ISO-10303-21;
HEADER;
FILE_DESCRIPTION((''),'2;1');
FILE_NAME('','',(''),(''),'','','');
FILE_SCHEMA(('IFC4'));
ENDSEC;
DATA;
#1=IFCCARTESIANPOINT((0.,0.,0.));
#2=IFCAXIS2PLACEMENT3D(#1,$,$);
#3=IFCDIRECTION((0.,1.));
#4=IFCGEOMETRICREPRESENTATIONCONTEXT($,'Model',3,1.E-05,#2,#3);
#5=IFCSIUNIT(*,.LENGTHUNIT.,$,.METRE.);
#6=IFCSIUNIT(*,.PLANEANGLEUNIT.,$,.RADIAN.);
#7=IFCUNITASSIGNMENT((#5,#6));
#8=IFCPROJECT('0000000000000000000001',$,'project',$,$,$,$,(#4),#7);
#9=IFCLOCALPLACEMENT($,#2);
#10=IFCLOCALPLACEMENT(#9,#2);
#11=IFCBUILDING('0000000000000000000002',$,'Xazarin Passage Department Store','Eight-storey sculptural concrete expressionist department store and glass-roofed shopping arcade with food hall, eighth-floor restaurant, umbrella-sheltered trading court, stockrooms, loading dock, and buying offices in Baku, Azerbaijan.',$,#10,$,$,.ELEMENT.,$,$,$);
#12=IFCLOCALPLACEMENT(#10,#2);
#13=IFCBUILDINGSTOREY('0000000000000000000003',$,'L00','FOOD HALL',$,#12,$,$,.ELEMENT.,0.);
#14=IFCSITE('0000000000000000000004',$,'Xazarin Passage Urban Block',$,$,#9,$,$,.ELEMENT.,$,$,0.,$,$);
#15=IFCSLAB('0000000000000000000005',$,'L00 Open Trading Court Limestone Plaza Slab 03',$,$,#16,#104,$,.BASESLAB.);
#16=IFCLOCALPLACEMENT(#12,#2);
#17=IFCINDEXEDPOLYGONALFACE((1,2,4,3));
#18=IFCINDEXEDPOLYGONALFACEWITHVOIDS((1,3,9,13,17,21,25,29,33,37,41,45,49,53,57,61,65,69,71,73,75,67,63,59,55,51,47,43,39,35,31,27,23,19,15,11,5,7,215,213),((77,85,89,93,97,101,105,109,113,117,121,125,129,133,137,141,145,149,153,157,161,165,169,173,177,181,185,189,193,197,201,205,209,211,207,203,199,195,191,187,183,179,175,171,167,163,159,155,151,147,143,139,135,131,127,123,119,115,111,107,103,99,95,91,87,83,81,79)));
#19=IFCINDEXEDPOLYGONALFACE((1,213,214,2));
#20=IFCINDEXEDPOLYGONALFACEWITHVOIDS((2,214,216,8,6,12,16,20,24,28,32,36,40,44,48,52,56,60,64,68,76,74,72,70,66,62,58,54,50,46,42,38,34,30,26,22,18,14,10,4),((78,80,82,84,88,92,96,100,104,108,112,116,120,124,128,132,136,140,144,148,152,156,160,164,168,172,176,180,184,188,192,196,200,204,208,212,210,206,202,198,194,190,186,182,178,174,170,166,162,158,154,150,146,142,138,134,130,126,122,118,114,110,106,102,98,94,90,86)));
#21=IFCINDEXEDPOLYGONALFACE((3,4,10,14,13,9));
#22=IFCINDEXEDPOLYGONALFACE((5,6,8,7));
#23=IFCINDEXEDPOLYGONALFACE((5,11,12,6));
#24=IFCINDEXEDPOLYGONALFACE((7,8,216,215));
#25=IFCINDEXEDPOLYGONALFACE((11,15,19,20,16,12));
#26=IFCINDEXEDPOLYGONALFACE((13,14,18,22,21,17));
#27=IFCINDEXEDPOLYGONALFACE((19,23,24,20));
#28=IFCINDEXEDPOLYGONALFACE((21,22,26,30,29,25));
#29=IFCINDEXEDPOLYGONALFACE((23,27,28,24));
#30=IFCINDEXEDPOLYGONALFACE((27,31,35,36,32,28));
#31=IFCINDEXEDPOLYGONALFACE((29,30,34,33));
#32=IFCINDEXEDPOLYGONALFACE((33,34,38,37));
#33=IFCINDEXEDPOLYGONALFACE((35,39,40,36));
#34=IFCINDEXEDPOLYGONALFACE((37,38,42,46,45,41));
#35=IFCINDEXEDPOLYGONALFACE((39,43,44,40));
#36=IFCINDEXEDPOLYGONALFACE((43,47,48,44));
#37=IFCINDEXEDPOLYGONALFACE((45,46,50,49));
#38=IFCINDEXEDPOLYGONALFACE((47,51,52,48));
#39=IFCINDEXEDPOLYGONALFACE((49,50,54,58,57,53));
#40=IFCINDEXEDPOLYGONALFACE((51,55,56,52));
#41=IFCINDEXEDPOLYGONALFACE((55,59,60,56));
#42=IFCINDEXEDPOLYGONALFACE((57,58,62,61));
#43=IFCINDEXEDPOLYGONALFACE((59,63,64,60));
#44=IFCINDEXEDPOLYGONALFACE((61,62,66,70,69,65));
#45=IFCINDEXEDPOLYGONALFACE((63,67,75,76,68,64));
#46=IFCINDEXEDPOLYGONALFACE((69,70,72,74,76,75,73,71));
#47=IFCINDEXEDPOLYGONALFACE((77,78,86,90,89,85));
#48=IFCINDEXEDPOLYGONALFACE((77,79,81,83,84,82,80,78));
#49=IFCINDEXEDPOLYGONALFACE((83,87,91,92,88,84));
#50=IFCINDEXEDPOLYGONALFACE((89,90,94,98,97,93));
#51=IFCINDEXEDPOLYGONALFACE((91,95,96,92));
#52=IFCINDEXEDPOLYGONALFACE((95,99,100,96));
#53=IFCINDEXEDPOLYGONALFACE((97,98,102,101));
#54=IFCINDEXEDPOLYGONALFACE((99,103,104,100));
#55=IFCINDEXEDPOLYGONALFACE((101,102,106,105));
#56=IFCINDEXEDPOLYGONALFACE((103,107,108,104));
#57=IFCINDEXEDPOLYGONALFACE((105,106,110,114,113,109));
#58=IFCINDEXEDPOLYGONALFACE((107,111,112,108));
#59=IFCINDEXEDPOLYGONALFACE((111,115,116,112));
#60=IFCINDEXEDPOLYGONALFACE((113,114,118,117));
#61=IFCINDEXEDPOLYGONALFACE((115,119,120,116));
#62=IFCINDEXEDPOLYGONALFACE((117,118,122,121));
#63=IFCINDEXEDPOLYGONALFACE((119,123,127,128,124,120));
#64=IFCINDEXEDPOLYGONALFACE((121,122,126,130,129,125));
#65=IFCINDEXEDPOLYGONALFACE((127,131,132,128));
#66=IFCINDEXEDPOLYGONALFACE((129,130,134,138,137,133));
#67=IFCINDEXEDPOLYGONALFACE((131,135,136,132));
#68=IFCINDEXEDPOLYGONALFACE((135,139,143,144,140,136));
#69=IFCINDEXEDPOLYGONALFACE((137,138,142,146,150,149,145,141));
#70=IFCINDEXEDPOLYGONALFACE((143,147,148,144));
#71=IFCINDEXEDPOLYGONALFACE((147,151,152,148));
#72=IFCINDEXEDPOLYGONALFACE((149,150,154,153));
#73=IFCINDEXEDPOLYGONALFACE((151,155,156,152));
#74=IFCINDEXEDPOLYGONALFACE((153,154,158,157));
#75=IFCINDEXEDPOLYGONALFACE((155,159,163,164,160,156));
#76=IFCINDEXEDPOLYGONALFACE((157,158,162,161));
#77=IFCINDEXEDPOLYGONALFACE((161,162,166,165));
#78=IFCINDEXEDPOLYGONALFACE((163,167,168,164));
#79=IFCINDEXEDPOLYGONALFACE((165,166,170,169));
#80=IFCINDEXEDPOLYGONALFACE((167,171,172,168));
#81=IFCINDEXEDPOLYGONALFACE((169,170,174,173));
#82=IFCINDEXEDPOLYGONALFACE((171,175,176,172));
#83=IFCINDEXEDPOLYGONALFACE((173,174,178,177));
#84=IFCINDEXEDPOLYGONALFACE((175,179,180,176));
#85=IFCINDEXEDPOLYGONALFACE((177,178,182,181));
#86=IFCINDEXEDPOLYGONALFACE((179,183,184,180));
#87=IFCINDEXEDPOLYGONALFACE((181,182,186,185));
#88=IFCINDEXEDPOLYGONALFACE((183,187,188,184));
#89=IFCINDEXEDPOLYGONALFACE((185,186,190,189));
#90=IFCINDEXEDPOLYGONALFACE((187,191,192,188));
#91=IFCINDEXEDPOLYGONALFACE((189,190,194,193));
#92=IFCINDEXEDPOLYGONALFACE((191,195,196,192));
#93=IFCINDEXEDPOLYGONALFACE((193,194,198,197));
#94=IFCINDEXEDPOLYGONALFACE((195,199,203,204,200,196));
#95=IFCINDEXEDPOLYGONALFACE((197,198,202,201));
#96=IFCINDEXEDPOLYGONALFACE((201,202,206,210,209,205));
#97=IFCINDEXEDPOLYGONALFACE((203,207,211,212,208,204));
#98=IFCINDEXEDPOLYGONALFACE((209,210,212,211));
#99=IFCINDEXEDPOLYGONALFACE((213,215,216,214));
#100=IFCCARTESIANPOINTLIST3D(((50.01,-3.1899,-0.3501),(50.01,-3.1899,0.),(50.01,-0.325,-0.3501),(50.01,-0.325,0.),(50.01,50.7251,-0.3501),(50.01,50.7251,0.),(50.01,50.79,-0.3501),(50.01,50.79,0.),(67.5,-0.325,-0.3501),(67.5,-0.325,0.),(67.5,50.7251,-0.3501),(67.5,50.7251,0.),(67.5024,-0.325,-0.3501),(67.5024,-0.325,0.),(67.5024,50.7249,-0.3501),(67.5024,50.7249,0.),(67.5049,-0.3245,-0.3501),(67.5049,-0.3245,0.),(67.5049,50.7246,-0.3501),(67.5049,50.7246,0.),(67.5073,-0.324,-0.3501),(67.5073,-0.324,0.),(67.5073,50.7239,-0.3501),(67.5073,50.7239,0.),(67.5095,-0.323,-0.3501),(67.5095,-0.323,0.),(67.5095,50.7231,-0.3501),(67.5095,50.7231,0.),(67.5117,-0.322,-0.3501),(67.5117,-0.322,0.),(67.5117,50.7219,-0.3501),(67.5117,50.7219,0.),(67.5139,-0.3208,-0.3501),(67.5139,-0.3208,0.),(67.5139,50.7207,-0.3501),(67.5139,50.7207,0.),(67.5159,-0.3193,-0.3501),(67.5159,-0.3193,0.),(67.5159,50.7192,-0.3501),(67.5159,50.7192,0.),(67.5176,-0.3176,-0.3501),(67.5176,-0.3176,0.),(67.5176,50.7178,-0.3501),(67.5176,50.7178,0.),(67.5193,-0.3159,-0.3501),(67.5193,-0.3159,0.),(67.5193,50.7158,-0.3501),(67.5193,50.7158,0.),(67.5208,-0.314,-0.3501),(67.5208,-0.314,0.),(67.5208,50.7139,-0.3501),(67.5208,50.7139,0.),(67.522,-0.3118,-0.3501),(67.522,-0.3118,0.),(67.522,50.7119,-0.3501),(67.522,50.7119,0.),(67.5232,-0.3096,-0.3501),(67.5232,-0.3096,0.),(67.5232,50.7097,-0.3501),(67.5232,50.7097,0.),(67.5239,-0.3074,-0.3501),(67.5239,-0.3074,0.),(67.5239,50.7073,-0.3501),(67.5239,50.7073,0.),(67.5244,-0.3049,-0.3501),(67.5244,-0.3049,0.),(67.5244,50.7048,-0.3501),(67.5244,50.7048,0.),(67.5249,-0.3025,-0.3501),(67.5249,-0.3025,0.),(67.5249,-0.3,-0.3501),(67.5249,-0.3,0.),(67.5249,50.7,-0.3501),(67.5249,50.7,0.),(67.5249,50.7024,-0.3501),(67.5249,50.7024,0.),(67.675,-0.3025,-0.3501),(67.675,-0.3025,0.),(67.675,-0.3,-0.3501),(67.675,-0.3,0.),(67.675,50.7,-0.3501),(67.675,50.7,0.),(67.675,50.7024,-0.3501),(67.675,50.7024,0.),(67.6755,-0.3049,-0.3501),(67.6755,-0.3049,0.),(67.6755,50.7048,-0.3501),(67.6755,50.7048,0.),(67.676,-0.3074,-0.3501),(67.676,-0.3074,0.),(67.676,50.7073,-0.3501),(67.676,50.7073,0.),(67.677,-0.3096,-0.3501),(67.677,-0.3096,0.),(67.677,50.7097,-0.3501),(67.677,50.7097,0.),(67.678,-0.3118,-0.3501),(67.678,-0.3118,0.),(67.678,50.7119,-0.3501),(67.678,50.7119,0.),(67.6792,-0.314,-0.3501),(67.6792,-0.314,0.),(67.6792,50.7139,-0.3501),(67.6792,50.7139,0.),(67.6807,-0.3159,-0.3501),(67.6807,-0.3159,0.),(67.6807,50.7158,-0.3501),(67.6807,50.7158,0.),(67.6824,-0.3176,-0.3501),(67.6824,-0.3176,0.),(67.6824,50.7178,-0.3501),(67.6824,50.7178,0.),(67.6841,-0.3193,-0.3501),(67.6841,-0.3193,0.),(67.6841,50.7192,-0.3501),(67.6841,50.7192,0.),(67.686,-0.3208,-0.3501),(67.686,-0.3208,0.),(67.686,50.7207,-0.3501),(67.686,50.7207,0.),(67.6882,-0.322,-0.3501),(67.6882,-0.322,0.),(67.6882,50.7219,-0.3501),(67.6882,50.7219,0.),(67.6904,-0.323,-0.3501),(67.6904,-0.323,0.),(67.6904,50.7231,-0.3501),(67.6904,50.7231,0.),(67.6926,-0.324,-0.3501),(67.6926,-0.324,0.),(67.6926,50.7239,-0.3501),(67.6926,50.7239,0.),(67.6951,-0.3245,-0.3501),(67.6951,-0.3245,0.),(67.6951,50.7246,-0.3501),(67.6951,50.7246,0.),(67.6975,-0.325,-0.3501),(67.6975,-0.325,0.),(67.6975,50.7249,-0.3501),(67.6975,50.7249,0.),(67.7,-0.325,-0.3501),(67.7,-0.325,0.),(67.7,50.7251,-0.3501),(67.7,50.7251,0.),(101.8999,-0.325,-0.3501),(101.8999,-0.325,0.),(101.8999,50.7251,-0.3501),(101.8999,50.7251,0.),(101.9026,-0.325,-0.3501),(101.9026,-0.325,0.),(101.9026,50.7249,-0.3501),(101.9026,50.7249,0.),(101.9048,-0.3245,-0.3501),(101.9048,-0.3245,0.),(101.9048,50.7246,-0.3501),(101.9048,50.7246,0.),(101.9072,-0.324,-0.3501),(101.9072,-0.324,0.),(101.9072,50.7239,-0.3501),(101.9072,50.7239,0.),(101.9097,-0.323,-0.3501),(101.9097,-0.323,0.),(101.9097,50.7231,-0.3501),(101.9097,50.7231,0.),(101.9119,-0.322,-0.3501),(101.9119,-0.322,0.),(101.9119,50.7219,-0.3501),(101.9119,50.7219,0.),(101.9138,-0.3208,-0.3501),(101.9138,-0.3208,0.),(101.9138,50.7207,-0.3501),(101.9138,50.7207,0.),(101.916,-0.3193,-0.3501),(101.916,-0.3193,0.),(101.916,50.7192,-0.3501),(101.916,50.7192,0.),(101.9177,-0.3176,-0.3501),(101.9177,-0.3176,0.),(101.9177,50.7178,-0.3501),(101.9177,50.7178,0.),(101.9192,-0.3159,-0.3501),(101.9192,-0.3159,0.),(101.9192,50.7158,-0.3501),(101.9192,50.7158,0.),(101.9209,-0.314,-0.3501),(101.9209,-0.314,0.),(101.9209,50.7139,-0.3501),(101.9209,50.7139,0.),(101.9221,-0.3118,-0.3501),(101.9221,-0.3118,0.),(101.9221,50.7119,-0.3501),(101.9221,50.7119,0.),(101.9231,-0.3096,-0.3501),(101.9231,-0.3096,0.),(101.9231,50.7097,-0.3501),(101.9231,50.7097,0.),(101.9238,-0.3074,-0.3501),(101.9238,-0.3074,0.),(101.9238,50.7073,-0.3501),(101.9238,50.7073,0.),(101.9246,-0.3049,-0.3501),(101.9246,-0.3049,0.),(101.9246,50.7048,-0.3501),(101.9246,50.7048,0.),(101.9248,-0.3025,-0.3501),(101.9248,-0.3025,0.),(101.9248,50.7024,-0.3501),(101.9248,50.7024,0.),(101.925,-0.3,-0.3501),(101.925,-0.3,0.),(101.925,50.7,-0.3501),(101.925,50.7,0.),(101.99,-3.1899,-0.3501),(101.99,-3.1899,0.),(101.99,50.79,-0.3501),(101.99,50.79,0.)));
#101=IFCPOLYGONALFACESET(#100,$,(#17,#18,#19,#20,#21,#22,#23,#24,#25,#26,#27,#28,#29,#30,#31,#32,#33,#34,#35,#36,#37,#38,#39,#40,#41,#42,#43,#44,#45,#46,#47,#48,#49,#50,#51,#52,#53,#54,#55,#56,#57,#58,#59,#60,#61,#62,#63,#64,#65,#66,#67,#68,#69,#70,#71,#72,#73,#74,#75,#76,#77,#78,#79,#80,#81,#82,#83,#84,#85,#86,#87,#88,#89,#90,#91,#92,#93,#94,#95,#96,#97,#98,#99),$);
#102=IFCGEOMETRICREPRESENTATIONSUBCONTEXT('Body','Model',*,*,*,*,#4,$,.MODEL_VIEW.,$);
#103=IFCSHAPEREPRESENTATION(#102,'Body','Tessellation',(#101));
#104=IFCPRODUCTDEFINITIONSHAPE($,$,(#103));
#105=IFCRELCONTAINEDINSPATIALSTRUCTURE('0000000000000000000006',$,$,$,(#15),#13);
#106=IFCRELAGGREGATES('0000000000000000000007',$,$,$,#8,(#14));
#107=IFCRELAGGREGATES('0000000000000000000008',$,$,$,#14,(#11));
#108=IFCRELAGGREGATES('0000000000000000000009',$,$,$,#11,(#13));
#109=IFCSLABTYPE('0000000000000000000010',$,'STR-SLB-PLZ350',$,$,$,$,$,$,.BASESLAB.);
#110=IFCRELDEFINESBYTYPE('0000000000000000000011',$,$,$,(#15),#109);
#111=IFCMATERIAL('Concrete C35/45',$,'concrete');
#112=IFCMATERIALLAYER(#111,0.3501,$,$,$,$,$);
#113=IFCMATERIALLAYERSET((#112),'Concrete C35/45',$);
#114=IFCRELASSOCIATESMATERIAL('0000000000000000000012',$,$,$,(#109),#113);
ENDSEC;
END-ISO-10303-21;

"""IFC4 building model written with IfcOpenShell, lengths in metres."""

from ifc_helpers import new_model, si_unit, direction, frame, origin, place, context, subcontext, project, spatial, polyline, outline, extrude, material, layer, layer_set, type_object, element, save


model = new_model("IFC4")

# Units and contexts
model_context = context("Model", 3, precision=1e-05, world=origin(), true_north=direction((0.0, 1.0)))
body_context = subcontext(model_context, "Body", "Model", "MODEL_VIEW")
ifc_project = project(units=[si_unit("LENGTHUNIT", "METRE"), si_unit("PLANEANGLEUNIT", "RADIAN")], contexts=[model_context])

# Site, building, storey
site_placement = place(None, origin())
site = spatial("IfcSite", under=ifc_project, at=site_placement, Name="Xazarin Passage Urban Block", CompositionType="ELEMENT", RefElevation=0.0)
building_placement = place(site_placement, origin())
building = spatial("IfcBuilding", under=site, at=building_placement, Name="Xazarin Passage Department Store", Description="Eight-storey sculptural concrete expressionist department store and glass-roofed shopping arcade with food hall, eighth-floor restaurant, umbrella-sheltered trading court, stockrooms, loading dock, and buying offices in Baku, Azerbaijan.", CompositionType="ELEMENT")
storey_placement = place(building_placement, origin())
storey = spatial("IfcBuildingStorey", under=building, at=storey_placement, Name="L00", Description="FOOD HALL", CompositionType="ELEMENT", Elevation=0.0)

# Slab
ifc_material_1 = material(Name="Concrete C35/45", Category="concrete")
ifc_layer_1 = layer(ifc_material_1, 0.3501)
ifc_layer_set_1 = layer_set([ifc_layer_1], Name="Concrete C35/45")
slab_type_1 = type_object("IfcSlabType", Name="STR-SLB-PLZ350", PredefinedType="BASESLAB", material=ifc_layer_set_1)
slab_1_placement = place(storey_placement, frame((0.0, 0.0, -0.3501)))
element("IfcSlab", 1, at=slab_1_placement, inside=storey, type_object=slab_type_1, Name="L00 Open Trading Court Limestone Plaza Slab 03", PredefinedType="BASESLAB", context=body_context, shape_type="SweptSolid", body=[
    extrude(outline(polyline([(50.01, -0.325), (50.01, -3.1899), (101.99, -3.1899), (101.99, 50.79), (50.01, 50.79), (50.01, 50.7251), (67.5, 50.7251), (67.5024, 50.7249), (67.5049, 50.7246), (67.5073, 50.7239), (67.5095, 50.7231), (67.5117, 50.7219), (67.5139, 50.7207), (67.5159, 50.7192), (67.5176, 50.7178), (67.5193, 50.7158), (67.5208, 50.7139), (67.522, 50.7119), (67.5232, 50.7097), (67.5239, 50.7073), (67.5244, 50.7048), (67.5249, 50.7024), (67.5249, 50.7), (67.5249, -0.3), (67.5249, -0.3025), (67.5244, -0.3049), (67.5239, -0.3074), (67.5232, -0.3096), (67.522, -0.3118), (67.5208, -0.314), (67.5193, -0.3159), (67.5176, -0.3176), (67.5159, -0.3193), (67.5139, -0.3208), (67.5117, -0.322), (67.5095, -0.323), (67.5073, -0.324), (67.5049, -0.3245), (67.5024, -0.325), (67.5, -0.325), (50.01, -0.325)]), holes=[polyline([(101.9248, -0.3025), (101.9246, -0.3049), (101.9238, -0.3074), (101.9231, -0.3096), (101.9221, -0.3118), (101.9209, -0.314), (101.9192, -0.3159), (101.9177, -0.3176), (101.916, -0.3193), (101.9138, -0.3208), (101.9119, -0.322), (101.9097, -0.323), (101.9072, -0.324), (101.9048, -0.3245), (101.9026, -0.325), (101.8999, -0.325), (67.7, -0.325), (67.6975, -0.325), (67.6951, -0.3245), (67.6926, -0.324), (67.6904, -0.323), (67.6882, -0.322), (67.686, -0.3208), (67.6841, -0.3193), (67.6824, -0.3176), (67.6807, -0.3159), (67.6792, -0.314), (67.678, -0.3118), (67.677, -0.3096), (67.676, -0.3074), (67.6755, -0.3049), (67.675, -0.3025), (67.675, -0.3), (67.675, 50.7), (67.675, 50.7024), (67.6755, 50.7048), (67.676, 50.7073), (67.677, 50.7097), (67.678, 50.7119), (67.6792, 50.7139), (67.6807, 50.7158), (67.6824, 50.7178), (67.6841, 50.7192), (67.686, 50.7207), (67.6882, 50.7219), (67.6904, 50.7231), (67.6926, 50.7239), (67.6951, 50.7246), (67.6975, 50.7249), (67.7, 50.7251), (101.8999, 50.7251), (101.9026, 50.7249), (101.9048, 50.7246), (101.9072, 50.7239), (101.9097, 50.7231), (101.9119, 50.7219), (101.9138, 50.7207), (101.916, 50.7192), (101.9177, 50.7178), (101.9192, 50.7158), (101.9209, 50.7139), (101.9221, 50.7119), (101.9231, 50.7097), (101.9238, 50.7073), (101.9246, 50.7048), (101.9248, 50.7024), (101.925, 50.7), (101.925, -0.3), (101.9248, -0.3025)])]), origin(), (0.0, 0.0, 1.0), 0.3501),
])

save(model, "model.ifc")
